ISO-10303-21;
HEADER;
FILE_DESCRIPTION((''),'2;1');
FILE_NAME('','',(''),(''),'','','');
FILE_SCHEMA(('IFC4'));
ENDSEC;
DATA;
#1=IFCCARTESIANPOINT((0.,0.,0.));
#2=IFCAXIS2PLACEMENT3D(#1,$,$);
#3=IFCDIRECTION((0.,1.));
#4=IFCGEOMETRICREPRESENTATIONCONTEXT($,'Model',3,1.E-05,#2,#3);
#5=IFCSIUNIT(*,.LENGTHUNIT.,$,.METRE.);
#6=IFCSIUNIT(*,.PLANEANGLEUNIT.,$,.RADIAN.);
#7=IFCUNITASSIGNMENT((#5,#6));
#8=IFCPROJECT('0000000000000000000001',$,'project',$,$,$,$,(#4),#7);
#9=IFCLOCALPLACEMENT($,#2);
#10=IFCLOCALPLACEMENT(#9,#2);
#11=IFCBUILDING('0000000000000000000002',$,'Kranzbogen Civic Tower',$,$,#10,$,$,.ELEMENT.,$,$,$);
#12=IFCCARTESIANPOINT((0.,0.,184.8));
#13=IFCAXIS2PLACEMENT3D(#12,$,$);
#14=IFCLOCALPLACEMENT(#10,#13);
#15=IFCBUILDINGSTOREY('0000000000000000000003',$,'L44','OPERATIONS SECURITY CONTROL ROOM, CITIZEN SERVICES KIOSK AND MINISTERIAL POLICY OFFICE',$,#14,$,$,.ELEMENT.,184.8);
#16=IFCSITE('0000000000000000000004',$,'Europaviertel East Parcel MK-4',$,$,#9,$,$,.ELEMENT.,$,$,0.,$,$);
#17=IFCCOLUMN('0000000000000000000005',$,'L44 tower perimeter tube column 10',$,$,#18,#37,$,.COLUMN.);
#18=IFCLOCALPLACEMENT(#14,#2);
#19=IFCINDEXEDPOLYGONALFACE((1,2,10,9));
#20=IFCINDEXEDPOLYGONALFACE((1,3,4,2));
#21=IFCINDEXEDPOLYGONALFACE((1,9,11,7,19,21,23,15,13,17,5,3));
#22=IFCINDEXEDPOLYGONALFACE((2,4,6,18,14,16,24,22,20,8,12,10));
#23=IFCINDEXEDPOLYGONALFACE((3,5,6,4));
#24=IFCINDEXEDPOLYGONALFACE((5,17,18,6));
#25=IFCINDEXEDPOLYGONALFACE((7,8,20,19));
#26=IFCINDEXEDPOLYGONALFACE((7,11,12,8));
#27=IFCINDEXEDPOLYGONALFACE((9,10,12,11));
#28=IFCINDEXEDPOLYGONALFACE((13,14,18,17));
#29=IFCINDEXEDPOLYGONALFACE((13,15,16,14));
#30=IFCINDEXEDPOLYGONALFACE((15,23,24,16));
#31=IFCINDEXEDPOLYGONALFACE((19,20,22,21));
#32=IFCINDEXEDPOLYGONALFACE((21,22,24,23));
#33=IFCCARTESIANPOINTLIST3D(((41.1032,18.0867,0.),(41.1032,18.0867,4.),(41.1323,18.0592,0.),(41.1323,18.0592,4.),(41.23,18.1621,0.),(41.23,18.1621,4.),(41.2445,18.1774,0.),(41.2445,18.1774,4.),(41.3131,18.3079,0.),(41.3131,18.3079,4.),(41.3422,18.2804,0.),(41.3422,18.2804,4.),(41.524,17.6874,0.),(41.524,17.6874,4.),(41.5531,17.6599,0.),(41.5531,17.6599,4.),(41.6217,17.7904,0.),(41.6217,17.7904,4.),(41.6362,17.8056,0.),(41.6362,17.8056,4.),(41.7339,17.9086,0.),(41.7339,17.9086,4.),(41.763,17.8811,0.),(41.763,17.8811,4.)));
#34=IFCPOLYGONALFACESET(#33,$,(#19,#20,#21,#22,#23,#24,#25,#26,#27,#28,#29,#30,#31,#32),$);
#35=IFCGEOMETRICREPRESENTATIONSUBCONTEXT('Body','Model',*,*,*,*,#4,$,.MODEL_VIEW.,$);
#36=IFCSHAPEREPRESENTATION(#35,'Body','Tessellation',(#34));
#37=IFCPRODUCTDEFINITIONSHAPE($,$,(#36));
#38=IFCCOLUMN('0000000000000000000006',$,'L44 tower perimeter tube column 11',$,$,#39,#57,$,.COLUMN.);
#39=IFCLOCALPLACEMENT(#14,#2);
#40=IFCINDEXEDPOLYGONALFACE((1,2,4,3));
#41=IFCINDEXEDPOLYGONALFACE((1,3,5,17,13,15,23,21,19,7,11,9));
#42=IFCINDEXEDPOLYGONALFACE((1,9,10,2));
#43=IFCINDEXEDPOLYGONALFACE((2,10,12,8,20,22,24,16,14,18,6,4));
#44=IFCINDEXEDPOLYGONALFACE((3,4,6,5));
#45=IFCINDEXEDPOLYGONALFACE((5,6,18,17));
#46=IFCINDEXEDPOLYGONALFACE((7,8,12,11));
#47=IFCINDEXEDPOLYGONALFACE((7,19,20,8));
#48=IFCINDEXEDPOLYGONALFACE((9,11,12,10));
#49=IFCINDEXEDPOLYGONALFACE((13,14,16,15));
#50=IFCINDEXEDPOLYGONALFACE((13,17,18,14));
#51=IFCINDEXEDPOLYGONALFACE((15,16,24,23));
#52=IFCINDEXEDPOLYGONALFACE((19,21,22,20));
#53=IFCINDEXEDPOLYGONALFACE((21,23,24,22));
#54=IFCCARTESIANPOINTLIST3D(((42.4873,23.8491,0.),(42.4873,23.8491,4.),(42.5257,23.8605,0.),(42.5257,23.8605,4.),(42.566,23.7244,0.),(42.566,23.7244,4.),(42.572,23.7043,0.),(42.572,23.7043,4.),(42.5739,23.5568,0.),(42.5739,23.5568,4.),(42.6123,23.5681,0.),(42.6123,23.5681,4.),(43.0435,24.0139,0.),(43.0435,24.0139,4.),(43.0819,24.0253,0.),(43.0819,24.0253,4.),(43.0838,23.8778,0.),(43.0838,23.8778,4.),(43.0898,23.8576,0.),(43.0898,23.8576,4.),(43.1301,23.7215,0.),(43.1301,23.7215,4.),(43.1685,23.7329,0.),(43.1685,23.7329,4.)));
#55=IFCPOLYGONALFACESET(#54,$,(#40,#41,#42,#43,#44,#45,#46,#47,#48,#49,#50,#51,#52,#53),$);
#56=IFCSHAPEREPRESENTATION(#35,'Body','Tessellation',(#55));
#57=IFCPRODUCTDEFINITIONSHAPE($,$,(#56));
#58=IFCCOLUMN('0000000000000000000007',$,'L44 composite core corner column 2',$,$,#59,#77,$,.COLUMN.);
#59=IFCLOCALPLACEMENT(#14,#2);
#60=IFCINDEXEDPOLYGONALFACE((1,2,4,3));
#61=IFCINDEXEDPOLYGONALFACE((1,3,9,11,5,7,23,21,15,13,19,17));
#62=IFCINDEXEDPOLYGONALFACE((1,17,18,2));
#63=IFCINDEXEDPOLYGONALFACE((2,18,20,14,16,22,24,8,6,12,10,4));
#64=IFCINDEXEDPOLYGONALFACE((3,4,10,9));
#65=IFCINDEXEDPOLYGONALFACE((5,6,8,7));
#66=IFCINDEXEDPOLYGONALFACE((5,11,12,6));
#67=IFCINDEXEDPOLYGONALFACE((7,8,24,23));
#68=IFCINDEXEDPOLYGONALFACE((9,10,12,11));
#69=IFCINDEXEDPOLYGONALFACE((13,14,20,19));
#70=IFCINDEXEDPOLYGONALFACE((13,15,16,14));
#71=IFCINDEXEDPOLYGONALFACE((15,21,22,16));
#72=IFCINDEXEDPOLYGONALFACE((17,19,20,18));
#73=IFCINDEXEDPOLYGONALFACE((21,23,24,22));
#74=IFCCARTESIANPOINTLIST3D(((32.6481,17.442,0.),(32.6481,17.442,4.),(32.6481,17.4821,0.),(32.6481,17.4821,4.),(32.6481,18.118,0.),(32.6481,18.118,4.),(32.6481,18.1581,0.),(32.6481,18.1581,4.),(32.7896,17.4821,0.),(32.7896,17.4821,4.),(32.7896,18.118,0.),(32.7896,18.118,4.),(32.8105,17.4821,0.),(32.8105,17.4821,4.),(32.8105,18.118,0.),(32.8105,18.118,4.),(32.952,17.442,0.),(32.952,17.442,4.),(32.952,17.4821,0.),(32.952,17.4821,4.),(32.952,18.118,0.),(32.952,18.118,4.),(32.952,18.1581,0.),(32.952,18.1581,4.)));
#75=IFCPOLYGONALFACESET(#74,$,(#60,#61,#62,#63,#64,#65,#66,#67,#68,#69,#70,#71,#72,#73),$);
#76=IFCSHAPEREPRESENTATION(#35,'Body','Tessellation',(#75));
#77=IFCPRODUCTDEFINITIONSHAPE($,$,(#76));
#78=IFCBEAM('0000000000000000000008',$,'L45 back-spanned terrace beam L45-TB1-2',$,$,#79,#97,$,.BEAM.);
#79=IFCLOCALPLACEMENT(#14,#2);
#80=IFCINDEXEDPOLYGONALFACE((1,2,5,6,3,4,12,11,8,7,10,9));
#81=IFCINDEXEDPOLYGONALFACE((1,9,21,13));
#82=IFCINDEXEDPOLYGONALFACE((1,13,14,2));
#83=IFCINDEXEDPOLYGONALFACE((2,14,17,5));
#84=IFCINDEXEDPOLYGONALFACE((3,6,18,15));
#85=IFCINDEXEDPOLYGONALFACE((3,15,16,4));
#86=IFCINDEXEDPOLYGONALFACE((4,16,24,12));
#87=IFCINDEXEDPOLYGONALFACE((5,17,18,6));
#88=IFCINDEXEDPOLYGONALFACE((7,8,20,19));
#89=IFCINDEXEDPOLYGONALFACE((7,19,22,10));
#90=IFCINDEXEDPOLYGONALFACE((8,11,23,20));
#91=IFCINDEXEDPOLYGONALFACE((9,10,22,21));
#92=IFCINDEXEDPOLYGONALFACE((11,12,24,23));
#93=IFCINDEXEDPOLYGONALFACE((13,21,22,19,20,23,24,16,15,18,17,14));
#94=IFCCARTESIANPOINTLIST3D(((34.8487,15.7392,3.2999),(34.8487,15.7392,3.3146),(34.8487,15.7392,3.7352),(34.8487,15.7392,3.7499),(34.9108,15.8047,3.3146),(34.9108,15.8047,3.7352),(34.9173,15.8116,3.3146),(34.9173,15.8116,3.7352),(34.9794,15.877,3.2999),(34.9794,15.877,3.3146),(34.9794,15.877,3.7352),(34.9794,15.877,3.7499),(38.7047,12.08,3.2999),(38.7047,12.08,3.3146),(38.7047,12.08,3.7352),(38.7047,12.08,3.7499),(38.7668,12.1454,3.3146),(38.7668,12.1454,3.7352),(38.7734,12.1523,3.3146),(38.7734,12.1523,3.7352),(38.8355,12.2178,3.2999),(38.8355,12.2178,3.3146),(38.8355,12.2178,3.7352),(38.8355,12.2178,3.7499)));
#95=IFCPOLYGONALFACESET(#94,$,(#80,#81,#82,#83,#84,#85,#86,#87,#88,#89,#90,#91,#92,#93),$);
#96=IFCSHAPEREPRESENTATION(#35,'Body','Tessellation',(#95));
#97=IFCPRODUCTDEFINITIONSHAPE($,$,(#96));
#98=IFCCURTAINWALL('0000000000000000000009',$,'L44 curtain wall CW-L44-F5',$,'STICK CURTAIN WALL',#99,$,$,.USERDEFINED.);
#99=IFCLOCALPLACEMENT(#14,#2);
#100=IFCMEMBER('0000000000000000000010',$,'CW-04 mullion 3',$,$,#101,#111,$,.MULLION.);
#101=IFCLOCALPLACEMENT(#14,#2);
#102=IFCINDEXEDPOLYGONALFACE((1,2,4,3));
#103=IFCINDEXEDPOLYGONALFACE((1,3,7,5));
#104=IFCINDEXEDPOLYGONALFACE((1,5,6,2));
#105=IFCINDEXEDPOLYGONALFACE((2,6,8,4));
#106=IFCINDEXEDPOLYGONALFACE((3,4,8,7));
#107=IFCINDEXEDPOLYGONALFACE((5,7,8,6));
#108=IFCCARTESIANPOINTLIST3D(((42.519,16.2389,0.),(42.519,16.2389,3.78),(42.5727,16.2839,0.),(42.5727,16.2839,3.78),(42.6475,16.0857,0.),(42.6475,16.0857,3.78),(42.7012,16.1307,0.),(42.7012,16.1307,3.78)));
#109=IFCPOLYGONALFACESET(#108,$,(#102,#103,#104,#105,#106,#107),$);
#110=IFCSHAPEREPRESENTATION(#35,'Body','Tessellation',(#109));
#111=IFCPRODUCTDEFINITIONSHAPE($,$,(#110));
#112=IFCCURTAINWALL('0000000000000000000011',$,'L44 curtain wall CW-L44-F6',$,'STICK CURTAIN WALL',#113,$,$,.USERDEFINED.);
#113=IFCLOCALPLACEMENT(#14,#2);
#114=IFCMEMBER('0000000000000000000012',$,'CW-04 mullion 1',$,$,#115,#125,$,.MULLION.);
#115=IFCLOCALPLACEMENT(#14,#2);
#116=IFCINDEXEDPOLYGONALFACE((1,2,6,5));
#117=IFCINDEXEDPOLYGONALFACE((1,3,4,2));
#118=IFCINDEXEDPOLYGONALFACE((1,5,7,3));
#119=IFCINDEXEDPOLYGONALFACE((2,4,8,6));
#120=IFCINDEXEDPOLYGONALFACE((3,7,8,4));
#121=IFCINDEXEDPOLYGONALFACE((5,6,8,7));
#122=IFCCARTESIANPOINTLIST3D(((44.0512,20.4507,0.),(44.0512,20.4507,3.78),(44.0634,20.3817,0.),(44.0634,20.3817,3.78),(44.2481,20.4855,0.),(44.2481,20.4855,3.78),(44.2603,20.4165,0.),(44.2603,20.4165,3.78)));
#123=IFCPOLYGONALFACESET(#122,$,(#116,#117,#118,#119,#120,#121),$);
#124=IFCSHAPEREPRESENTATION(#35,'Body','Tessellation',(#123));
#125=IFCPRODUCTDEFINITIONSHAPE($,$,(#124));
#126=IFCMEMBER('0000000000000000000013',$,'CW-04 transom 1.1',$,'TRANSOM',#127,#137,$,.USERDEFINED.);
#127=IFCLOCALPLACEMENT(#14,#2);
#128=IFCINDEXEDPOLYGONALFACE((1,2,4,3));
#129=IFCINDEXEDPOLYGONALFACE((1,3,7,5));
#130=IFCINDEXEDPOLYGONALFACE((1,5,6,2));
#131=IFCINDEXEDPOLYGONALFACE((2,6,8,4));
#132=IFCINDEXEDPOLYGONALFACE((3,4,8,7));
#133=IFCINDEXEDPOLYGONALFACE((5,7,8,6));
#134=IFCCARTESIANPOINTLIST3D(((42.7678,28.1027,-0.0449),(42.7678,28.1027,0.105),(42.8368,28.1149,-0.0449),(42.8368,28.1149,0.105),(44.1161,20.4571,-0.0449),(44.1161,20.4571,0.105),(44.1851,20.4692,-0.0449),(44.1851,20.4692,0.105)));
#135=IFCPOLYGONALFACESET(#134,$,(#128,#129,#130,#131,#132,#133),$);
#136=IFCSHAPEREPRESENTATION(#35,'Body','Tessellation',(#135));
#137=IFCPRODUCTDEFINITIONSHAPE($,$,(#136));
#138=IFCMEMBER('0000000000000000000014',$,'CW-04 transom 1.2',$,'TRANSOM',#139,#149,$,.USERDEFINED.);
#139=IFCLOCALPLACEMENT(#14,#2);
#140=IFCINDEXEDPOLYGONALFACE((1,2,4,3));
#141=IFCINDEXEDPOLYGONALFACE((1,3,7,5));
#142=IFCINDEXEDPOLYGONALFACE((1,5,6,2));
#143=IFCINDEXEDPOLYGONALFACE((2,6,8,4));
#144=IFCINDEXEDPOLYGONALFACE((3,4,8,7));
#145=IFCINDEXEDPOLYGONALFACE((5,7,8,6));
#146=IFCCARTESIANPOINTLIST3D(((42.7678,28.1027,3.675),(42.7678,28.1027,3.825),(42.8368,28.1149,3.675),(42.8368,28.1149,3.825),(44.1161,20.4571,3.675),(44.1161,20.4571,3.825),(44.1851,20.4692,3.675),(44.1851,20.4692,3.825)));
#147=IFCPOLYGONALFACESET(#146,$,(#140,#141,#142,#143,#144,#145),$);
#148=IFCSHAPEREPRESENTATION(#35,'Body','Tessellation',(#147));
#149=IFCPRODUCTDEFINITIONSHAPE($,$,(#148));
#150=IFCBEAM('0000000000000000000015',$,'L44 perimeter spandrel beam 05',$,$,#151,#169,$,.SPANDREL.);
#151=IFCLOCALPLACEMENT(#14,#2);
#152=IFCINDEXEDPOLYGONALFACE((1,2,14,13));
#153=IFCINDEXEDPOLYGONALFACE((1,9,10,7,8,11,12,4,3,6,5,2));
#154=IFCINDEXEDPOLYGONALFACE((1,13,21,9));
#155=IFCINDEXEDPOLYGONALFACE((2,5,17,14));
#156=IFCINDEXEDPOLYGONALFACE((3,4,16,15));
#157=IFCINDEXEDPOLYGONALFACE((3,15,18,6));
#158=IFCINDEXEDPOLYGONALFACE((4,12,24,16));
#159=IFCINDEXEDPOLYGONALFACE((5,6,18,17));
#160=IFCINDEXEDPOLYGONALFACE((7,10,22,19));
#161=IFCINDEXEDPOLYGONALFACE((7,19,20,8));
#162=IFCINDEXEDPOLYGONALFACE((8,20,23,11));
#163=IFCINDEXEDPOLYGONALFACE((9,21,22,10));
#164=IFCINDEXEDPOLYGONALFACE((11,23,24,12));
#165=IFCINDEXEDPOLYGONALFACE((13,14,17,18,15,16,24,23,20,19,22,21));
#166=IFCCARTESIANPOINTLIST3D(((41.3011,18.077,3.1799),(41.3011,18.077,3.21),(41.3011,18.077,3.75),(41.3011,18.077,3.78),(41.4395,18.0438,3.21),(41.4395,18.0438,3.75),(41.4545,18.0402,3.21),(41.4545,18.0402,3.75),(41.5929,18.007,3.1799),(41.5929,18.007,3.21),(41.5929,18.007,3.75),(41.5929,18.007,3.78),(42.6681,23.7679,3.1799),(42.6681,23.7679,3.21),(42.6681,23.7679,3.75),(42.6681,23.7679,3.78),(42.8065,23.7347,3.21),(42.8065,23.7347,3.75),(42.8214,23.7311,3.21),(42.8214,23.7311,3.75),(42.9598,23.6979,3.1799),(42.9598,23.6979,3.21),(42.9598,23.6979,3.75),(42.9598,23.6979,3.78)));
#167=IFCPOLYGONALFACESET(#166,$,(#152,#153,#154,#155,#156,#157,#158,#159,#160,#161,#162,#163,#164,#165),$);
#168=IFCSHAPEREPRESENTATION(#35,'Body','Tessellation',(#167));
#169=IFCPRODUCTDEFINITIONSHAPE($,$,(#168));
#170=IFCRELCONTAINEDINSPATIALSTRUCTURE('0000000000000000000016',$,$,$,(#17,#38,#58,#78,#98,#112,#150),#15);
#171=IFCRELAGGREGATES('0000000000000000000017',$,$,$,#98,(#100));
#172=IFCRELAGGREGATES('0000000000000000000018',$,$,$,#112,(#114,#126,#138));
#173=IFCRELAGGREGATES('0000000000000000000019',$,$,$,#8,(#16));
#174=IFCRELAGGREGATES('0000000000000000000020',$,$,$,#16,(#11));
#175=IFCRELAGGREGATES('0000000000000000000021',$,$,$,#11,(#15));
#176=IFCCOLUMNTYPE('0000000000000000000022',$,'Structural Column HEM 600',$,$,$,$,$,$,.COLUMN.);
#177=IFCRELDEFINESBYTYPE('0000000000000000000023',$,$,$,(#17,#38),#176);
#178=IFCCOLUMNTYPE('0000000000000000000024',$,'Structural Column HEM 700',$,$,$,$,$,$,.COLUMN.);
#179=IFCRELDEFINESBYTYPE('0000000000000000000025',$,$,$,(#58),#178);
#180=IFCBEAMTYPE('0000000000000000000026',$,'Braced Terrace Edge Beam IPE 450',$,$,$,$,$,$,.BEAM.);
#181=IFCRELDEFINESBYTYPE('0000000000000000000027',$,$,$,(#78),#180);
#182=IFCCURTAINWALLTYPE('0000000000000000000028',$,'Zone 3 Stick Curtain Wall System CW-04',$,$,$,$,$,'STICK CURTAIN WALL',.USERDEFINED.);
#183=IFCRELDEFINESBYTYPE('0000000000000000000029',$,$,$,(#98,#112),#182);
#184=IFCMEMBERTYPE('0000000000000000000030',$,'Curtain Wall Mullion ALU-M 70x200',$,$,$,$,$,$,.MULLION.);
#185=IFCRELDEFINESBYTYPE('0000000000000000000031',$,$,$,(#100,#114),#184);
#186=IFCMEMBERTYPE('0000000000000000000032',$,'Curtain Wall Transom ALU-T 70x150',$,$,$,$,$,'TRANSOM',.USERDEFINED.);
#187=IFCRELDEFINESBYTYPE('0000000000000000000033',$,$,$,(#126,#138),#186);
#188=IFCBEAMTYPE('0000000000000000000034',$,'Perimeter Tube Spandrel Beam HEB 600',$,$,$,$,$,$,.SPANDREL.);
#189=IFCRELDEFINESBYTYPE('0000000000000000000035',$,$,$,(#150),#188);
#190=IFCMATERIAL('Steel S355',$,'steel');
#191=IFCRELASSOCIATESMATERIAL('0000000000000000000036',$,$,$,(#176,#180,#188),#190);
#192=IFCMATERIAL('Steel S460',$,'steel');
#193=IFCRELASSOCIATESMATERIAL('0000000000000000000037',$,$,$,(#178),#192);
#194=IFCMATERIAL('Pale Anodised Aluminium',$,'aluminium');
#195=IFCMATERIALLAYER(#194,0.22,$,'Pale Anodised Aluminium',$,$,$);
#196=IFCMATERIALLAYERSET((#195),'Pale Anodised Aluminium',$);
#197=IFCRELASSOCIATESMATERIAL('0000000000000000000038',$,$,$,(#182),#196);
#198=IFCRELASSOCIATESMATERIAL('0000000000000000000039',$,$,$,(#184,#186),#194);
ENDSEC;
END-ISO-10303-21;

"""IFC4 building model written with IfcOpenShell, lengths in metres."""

from ifc_helpers import new_model, si_unit, direction, frame, origin, origin_2d, place, context, subcontext, project, spatial, rectangle, i_section, extrude, material, layer, layer_set, material_profile, profile_set, type_object, element, aggregate, save


model = new_model("IFC4")

# Units and contexts
model_context = context("Model", 3, precision=1e-05, world=origin(), true_north=direction((0.0, 1.0)))
body_context = subcontext(model_context, "Body", "Model", "MODEL_VIEW")
ifc_project = project(units=[si_unit("LENGTHUNIT", "METRE"), si_unit("PLANEANGLEUNIT", "RADIAN")], contexts=[model_context])

# Site, building, storey
site_placement = place(None, origin())
site = spatial("IfcSite", under=ifc_project, at=site_placement, Name="Europaviertel East Parcel MK-4", CompositionType="ELEMENT", RefElevation=0.0)
building_placement = place(site_placement, origin())
building = spatial("IfcBuilding", under=site, at=building_placement, Name="Kranzbogen Civic Tower", CompositionType="ELEMENT")
storey_placement = place(building_placement, frame((0.0, 0.0, 184.8)))
storey = spatial("IfcBuildingStorey", under=building, at=storey_placement, Name="L44", Description="OPERATIONS SECURITY CONTROL ROOM, CITIZEN SERVICES KIOSK AND MINISTERIAL POLICY OFFICE", CompositionType="ELEMENT", Elevation=184.8)

# Columns
ifc_material_1 = material(Name="Steel S355", Category="steel")
ifc_material_profile_1 = material_profile(ifc_material_1, i_section(OverallWidth=0.3049, OverallDepth=0.6201, WebThickness=0.021, FlangeThickness=0.04, at=origin_2d()), Name="HEM 600")
ifc_profile_set_1 = profile_set([ifc_material_profile_1], Name="Steel S355")
column_type_1 = type_object("IfcColumnType", Name="Structural Column HEM 600", PredefinedType="COLUMN", material=ifc_profile_set_1)
for number, where, z_axis, x_axis, name in (
    (1, (41.4331, 17.9839, 0.0), (0.0, 0.0, 1.0), (0.688355, 0.725374, 0.0), "L44 tower perimeter tube column 10"),
    (2, (42.8279, 23.791, 0.0), (0.0, 0.0, 1.0), (-0.284015, 0.95882, 0.0), "L44 tower perimeter tube column 11"),
):
    element("IfcColumn", number, at=place(storey_placement, frame(where, z_axis=z_axis, x_axis=x_axis)), inside=storey, type_object=column_type_1, Name=name, PredefinedType="COLUMN", context=body_context, shape_type="SweptSolid", body=[
        extrude(i_section(OverallWidth=0.3049, OverallDepth=0.6201, WebThickness=0.021, FlangeThickness=0.04, at=origin_2d()), origin(), (0.0, 0.0, 1.0), 4.0),
    ])
ifc_material_2 = material(Name="Steel S460", Category="steel")
ifc_material_profile_2 = material_profile(ifc_material_2, i_section(OverallWidth=0.304, OverallDepth=0.7161, WebThickness=0.021, FlangeThickness=0.04, at=origin_2d()), Name="HEM 700")
ifc_profile_set_2 = profile_set([ifc_material_profile_2], Name="Steel S460")
column_type_2 = type_object("IfcColumnType", Name="Structural Column HEM 700", PredefinedType="COLUMN", material=ifc_profile_set_2)
column_placement = place(storey_placement, frame((32.8, 17.8, 0.0), z_axis=(0.0, 0.0, 1.0), x_axis=(1.0, 0.0, 0.0)))
element("IfcColumn", 3, at=column_placement, inside=storey, type_object=column_type_2, Name="L44 composite core corner column 2", PredefinedType="COLUMN", context=body_context, shape_type="SweptSolid", body=[
    extrude(i_section(OverallWidth=0.304, OverallDepth=0.7161, WebThickness=0.021, FlangeThickness=0.04, at=origin_2d()), origin(), (0.0, 0.0, 1.0), 4.0),
])

# Beam
ifc_material_profile_3 = material_profile(ifc_material_1, i_section(OverallWidth=0.1899, OverallDepth=0.45, WebThickness=0.0095, FlangeThickness=0.0146, at=origin_2d()), Name="IPE 450")
ifc_profile_set_3 = profile_set([ifc_material_profile_3], Name="Steel S355")
beam_type_1 = type_object("IfcBeamType", Name="Braced Terrace Edge Beam IPE 450", PredefinedType="BEAM", material=ifc_profile_set_3)
beam_1_placement = place(storey_placement, frame((34.9141, 15.8081, 3.5249), z_axis=(0.725373, -0.688356, 0.0), x_axis=(0.688356, 0.725373, 0.0)))
element("IfcBeam", 4, at=beam_1_placement, inside=storey, type_object=beam_type_1, Name="L45 back-spanned terrace beam L45-TB1-2", PredefinedType="BEAM", context=body_context, shape_type="SweptSolid", body=[
    extrude(i_section(OverallWidth=0.1899, OverallDepth=0.45, WebThickness=0.0095, FlangeThickness=0.0146, at=origin_2d()), origin(), (0.0, 0.0, 1.0), 5.3159),
])

# Curtain wall, member
ifc_material_3 = material(Name="Pale Anodised Aluminium", Category="aluminium")
ifc_layer_1 = layer(ifc_material_3, 0.22, Name="Pale Anodised Aluminium")
ifc_layer_set_1 = layer_set([ifc_layer_1], Name="Pale Anodised Aluminium")
curtain_wall_type = type_object("IfcCurtainWallType", Name="Zone 3 Stick Curtain Wall System CW-04", ElementType="STICK CURTAIN WALL", PredefinedType="USERDEFINED", material=ifc_layer_set_1)
curtain_wall_1_placement = place(storey_placement, origin())
curtain_wall_1 = element("IfcCurtainWall", 5, at=curtain_wall_1_placement, inside=storey, type_object=curtain_wall_type, Name="L44 curtain wall CW-L44-F5", ObjectType="STICK CURTAIN WALL", PredefinedType="USERDEFINED")
ifc_material_profile_4 = material_profile(ifc_material_3, rectangle(XDim=0.0701, YDim=0.2, at=origin_2d()), Name="ALU-M 70x200")
ifc_profile_set_4 = profile_set([ifc_material_profile_4], Name="Pale Anodised Aluminium")
member_type_1 = type_object("IfcMemberType", Name="Curtain Wall Mullion ALU-M 70x200", PredefinedType="MULLION", material=ifc_profile_set_4)
member_1_placement = place(storey_placement, frame((42.6101, 16.1848, 0.0), z_axis=(0.0, 0.0, 1.0), x_axis=(0.766072, 0.642755, 0.0)))
member_1 = element("IfcMember", 6, at=member_1_placement, type_object=member_type_1, Name="CW-04 mullion 3", PredefinedType="MULLION", context=body_context, shape_type="SweptSolid", body=[
    extrude(rectangle(XDim=0.0701, YDim=0.2, at=origin_2d()), origin(), (0.0, 0.0, 1.0), 3.78),
])
aggregate(curtain_wall_1, [member_1])

# Curtain wall, members
curtain_wall_2_placement = place(storey_placement, origin())
curtain_wall_2 = element("IfcCurtainWall", 7, at=curtain_wall_2_placement, inside=storey, type_object=curtain_wall_type, Name="L44 curtain wall CW-L44-F6", ObjectType="STICK CURTAIN WALL", PredefinedType="USERDEFINED")
member_2_placement = place(storey_placement, frame((44.1558, 20.4336, 0.0), z_axis=(0.0, 0.0, 1.0), x_axis=(-0.173673, 0.984803, 0.0)))
member_2 = element("IfcMember", 8, at=member_2_placement, type_object=member_type_1, Name="CW-04 mullion 1", PredefinedType="MULLION", context=body_context, shape_type="SweptSolid", body=[
    extrude(rectangle(XDim=0.0701, YDim=0.2, at=origin_2d()), origin(), (0.0, 0.0, 1.0), 3.78),
])
ifc_material_profile_5 = material_profile(ifc_material_3, rectangle(XDim=0.0701, YDim=0.1499, at=origin_2d()), Name="ALU-T 70x150")
ifc_profile_set_5 = profile_set([ifc_material_profile_5], Name="Pale Anodised Aluminium")
member_type_2 = type_object("IfcMemberType", Name="Curtain Wall Transom ALU-T 70x150", ElementType="TRANSOM", PredefinedType="USERDEFINED", material=ifc_profile_set_5)
member_3_placement = place(storey_placement, frame((44.1506, 20.4631, 0.03), z_axis=(-0.173678, 0.984803, 0.0), x_axis=(-0.984803, -0.173678, 0.0)))
member_3 = element("IfcMember", 9, at=member_3_placement, type_object=member_type_2, Name="CW-04 transom 1.1", ObjectType="TRANSOM", PredefinedType="USERDEFINED", context=body_context, shape_type="SweptSolid", body=[
    extrude(rectangle(XDim=0.0701, YDim=0.1499, at=origin_2d()), origin(), (0.0, 0.0, 1.0), 7.7637),
])
member_4_placement = place(storey_placement, frame((44.1506, 20.4631, 3.75), z_axis=(-0.173678, 0.984803, 0.0), x_axis=(-0.984803, -0.173678, 0.0)))
member_4 = element("IfcMember", 10, at=member_4_placement, type_object=member_type_2, Name="CW-04 transom 1.2", ObjectType="TRANSOM", PredefinedType="USERDEFINED", context=body_context, shape_type="SweptSolid", body=[
    extrude(rectangle(XDim=0.0701, YDim=0.1499, at=origin_2d()), origin(), (0.0, 0.0, 1.0), 7.7637),
])
aggregate(curtain_wall_2, [member_2, member_3, member_4])

# Beam
ifc_material_profile_6 = material_profile(ifc_material_1, i_section(OverallWidth=0.3, OverallDepth=0.6001, WebThickness=0.0154, FlangeThickness=0.03, at=origin_2d()), Name="HEB 600")
ifc_profile_set_6 = profile_set([ifc_material_profile_6], Name="Steel S355")
beam_type_2 = type_object("IfcBeamType", Name="Perimeter Tube Spandrel Beam HEB 600", PredefinedType="SPANDREL", material=ifc_profile_set_6)
beam_2_placement = place(storey_placement, frame((41.447, 18.042, 3.48), z_axis=(0.233554, 0.972344, 0.0), x_axis=(-0.972344, 0.233554, 0.0)))
element("IfcBeam", 11, at=beam_2_placement, inside=storey, type_object=beam_type_2, Name="L44 perimeter spandrel beam 05", PredefinedType="SPANDREL", context=body_context, shape_type="SweptSolid", body=[
    extrude(i_section(OverallWidth=0.3, OverallDepth=0.6001, WebThickness=0.0154, FlangeThickness=0.03, at=origin_2d()), origin(), (0.0, 0.0, 1.0), 5.8528),
])

save(model, "model.ifc")
